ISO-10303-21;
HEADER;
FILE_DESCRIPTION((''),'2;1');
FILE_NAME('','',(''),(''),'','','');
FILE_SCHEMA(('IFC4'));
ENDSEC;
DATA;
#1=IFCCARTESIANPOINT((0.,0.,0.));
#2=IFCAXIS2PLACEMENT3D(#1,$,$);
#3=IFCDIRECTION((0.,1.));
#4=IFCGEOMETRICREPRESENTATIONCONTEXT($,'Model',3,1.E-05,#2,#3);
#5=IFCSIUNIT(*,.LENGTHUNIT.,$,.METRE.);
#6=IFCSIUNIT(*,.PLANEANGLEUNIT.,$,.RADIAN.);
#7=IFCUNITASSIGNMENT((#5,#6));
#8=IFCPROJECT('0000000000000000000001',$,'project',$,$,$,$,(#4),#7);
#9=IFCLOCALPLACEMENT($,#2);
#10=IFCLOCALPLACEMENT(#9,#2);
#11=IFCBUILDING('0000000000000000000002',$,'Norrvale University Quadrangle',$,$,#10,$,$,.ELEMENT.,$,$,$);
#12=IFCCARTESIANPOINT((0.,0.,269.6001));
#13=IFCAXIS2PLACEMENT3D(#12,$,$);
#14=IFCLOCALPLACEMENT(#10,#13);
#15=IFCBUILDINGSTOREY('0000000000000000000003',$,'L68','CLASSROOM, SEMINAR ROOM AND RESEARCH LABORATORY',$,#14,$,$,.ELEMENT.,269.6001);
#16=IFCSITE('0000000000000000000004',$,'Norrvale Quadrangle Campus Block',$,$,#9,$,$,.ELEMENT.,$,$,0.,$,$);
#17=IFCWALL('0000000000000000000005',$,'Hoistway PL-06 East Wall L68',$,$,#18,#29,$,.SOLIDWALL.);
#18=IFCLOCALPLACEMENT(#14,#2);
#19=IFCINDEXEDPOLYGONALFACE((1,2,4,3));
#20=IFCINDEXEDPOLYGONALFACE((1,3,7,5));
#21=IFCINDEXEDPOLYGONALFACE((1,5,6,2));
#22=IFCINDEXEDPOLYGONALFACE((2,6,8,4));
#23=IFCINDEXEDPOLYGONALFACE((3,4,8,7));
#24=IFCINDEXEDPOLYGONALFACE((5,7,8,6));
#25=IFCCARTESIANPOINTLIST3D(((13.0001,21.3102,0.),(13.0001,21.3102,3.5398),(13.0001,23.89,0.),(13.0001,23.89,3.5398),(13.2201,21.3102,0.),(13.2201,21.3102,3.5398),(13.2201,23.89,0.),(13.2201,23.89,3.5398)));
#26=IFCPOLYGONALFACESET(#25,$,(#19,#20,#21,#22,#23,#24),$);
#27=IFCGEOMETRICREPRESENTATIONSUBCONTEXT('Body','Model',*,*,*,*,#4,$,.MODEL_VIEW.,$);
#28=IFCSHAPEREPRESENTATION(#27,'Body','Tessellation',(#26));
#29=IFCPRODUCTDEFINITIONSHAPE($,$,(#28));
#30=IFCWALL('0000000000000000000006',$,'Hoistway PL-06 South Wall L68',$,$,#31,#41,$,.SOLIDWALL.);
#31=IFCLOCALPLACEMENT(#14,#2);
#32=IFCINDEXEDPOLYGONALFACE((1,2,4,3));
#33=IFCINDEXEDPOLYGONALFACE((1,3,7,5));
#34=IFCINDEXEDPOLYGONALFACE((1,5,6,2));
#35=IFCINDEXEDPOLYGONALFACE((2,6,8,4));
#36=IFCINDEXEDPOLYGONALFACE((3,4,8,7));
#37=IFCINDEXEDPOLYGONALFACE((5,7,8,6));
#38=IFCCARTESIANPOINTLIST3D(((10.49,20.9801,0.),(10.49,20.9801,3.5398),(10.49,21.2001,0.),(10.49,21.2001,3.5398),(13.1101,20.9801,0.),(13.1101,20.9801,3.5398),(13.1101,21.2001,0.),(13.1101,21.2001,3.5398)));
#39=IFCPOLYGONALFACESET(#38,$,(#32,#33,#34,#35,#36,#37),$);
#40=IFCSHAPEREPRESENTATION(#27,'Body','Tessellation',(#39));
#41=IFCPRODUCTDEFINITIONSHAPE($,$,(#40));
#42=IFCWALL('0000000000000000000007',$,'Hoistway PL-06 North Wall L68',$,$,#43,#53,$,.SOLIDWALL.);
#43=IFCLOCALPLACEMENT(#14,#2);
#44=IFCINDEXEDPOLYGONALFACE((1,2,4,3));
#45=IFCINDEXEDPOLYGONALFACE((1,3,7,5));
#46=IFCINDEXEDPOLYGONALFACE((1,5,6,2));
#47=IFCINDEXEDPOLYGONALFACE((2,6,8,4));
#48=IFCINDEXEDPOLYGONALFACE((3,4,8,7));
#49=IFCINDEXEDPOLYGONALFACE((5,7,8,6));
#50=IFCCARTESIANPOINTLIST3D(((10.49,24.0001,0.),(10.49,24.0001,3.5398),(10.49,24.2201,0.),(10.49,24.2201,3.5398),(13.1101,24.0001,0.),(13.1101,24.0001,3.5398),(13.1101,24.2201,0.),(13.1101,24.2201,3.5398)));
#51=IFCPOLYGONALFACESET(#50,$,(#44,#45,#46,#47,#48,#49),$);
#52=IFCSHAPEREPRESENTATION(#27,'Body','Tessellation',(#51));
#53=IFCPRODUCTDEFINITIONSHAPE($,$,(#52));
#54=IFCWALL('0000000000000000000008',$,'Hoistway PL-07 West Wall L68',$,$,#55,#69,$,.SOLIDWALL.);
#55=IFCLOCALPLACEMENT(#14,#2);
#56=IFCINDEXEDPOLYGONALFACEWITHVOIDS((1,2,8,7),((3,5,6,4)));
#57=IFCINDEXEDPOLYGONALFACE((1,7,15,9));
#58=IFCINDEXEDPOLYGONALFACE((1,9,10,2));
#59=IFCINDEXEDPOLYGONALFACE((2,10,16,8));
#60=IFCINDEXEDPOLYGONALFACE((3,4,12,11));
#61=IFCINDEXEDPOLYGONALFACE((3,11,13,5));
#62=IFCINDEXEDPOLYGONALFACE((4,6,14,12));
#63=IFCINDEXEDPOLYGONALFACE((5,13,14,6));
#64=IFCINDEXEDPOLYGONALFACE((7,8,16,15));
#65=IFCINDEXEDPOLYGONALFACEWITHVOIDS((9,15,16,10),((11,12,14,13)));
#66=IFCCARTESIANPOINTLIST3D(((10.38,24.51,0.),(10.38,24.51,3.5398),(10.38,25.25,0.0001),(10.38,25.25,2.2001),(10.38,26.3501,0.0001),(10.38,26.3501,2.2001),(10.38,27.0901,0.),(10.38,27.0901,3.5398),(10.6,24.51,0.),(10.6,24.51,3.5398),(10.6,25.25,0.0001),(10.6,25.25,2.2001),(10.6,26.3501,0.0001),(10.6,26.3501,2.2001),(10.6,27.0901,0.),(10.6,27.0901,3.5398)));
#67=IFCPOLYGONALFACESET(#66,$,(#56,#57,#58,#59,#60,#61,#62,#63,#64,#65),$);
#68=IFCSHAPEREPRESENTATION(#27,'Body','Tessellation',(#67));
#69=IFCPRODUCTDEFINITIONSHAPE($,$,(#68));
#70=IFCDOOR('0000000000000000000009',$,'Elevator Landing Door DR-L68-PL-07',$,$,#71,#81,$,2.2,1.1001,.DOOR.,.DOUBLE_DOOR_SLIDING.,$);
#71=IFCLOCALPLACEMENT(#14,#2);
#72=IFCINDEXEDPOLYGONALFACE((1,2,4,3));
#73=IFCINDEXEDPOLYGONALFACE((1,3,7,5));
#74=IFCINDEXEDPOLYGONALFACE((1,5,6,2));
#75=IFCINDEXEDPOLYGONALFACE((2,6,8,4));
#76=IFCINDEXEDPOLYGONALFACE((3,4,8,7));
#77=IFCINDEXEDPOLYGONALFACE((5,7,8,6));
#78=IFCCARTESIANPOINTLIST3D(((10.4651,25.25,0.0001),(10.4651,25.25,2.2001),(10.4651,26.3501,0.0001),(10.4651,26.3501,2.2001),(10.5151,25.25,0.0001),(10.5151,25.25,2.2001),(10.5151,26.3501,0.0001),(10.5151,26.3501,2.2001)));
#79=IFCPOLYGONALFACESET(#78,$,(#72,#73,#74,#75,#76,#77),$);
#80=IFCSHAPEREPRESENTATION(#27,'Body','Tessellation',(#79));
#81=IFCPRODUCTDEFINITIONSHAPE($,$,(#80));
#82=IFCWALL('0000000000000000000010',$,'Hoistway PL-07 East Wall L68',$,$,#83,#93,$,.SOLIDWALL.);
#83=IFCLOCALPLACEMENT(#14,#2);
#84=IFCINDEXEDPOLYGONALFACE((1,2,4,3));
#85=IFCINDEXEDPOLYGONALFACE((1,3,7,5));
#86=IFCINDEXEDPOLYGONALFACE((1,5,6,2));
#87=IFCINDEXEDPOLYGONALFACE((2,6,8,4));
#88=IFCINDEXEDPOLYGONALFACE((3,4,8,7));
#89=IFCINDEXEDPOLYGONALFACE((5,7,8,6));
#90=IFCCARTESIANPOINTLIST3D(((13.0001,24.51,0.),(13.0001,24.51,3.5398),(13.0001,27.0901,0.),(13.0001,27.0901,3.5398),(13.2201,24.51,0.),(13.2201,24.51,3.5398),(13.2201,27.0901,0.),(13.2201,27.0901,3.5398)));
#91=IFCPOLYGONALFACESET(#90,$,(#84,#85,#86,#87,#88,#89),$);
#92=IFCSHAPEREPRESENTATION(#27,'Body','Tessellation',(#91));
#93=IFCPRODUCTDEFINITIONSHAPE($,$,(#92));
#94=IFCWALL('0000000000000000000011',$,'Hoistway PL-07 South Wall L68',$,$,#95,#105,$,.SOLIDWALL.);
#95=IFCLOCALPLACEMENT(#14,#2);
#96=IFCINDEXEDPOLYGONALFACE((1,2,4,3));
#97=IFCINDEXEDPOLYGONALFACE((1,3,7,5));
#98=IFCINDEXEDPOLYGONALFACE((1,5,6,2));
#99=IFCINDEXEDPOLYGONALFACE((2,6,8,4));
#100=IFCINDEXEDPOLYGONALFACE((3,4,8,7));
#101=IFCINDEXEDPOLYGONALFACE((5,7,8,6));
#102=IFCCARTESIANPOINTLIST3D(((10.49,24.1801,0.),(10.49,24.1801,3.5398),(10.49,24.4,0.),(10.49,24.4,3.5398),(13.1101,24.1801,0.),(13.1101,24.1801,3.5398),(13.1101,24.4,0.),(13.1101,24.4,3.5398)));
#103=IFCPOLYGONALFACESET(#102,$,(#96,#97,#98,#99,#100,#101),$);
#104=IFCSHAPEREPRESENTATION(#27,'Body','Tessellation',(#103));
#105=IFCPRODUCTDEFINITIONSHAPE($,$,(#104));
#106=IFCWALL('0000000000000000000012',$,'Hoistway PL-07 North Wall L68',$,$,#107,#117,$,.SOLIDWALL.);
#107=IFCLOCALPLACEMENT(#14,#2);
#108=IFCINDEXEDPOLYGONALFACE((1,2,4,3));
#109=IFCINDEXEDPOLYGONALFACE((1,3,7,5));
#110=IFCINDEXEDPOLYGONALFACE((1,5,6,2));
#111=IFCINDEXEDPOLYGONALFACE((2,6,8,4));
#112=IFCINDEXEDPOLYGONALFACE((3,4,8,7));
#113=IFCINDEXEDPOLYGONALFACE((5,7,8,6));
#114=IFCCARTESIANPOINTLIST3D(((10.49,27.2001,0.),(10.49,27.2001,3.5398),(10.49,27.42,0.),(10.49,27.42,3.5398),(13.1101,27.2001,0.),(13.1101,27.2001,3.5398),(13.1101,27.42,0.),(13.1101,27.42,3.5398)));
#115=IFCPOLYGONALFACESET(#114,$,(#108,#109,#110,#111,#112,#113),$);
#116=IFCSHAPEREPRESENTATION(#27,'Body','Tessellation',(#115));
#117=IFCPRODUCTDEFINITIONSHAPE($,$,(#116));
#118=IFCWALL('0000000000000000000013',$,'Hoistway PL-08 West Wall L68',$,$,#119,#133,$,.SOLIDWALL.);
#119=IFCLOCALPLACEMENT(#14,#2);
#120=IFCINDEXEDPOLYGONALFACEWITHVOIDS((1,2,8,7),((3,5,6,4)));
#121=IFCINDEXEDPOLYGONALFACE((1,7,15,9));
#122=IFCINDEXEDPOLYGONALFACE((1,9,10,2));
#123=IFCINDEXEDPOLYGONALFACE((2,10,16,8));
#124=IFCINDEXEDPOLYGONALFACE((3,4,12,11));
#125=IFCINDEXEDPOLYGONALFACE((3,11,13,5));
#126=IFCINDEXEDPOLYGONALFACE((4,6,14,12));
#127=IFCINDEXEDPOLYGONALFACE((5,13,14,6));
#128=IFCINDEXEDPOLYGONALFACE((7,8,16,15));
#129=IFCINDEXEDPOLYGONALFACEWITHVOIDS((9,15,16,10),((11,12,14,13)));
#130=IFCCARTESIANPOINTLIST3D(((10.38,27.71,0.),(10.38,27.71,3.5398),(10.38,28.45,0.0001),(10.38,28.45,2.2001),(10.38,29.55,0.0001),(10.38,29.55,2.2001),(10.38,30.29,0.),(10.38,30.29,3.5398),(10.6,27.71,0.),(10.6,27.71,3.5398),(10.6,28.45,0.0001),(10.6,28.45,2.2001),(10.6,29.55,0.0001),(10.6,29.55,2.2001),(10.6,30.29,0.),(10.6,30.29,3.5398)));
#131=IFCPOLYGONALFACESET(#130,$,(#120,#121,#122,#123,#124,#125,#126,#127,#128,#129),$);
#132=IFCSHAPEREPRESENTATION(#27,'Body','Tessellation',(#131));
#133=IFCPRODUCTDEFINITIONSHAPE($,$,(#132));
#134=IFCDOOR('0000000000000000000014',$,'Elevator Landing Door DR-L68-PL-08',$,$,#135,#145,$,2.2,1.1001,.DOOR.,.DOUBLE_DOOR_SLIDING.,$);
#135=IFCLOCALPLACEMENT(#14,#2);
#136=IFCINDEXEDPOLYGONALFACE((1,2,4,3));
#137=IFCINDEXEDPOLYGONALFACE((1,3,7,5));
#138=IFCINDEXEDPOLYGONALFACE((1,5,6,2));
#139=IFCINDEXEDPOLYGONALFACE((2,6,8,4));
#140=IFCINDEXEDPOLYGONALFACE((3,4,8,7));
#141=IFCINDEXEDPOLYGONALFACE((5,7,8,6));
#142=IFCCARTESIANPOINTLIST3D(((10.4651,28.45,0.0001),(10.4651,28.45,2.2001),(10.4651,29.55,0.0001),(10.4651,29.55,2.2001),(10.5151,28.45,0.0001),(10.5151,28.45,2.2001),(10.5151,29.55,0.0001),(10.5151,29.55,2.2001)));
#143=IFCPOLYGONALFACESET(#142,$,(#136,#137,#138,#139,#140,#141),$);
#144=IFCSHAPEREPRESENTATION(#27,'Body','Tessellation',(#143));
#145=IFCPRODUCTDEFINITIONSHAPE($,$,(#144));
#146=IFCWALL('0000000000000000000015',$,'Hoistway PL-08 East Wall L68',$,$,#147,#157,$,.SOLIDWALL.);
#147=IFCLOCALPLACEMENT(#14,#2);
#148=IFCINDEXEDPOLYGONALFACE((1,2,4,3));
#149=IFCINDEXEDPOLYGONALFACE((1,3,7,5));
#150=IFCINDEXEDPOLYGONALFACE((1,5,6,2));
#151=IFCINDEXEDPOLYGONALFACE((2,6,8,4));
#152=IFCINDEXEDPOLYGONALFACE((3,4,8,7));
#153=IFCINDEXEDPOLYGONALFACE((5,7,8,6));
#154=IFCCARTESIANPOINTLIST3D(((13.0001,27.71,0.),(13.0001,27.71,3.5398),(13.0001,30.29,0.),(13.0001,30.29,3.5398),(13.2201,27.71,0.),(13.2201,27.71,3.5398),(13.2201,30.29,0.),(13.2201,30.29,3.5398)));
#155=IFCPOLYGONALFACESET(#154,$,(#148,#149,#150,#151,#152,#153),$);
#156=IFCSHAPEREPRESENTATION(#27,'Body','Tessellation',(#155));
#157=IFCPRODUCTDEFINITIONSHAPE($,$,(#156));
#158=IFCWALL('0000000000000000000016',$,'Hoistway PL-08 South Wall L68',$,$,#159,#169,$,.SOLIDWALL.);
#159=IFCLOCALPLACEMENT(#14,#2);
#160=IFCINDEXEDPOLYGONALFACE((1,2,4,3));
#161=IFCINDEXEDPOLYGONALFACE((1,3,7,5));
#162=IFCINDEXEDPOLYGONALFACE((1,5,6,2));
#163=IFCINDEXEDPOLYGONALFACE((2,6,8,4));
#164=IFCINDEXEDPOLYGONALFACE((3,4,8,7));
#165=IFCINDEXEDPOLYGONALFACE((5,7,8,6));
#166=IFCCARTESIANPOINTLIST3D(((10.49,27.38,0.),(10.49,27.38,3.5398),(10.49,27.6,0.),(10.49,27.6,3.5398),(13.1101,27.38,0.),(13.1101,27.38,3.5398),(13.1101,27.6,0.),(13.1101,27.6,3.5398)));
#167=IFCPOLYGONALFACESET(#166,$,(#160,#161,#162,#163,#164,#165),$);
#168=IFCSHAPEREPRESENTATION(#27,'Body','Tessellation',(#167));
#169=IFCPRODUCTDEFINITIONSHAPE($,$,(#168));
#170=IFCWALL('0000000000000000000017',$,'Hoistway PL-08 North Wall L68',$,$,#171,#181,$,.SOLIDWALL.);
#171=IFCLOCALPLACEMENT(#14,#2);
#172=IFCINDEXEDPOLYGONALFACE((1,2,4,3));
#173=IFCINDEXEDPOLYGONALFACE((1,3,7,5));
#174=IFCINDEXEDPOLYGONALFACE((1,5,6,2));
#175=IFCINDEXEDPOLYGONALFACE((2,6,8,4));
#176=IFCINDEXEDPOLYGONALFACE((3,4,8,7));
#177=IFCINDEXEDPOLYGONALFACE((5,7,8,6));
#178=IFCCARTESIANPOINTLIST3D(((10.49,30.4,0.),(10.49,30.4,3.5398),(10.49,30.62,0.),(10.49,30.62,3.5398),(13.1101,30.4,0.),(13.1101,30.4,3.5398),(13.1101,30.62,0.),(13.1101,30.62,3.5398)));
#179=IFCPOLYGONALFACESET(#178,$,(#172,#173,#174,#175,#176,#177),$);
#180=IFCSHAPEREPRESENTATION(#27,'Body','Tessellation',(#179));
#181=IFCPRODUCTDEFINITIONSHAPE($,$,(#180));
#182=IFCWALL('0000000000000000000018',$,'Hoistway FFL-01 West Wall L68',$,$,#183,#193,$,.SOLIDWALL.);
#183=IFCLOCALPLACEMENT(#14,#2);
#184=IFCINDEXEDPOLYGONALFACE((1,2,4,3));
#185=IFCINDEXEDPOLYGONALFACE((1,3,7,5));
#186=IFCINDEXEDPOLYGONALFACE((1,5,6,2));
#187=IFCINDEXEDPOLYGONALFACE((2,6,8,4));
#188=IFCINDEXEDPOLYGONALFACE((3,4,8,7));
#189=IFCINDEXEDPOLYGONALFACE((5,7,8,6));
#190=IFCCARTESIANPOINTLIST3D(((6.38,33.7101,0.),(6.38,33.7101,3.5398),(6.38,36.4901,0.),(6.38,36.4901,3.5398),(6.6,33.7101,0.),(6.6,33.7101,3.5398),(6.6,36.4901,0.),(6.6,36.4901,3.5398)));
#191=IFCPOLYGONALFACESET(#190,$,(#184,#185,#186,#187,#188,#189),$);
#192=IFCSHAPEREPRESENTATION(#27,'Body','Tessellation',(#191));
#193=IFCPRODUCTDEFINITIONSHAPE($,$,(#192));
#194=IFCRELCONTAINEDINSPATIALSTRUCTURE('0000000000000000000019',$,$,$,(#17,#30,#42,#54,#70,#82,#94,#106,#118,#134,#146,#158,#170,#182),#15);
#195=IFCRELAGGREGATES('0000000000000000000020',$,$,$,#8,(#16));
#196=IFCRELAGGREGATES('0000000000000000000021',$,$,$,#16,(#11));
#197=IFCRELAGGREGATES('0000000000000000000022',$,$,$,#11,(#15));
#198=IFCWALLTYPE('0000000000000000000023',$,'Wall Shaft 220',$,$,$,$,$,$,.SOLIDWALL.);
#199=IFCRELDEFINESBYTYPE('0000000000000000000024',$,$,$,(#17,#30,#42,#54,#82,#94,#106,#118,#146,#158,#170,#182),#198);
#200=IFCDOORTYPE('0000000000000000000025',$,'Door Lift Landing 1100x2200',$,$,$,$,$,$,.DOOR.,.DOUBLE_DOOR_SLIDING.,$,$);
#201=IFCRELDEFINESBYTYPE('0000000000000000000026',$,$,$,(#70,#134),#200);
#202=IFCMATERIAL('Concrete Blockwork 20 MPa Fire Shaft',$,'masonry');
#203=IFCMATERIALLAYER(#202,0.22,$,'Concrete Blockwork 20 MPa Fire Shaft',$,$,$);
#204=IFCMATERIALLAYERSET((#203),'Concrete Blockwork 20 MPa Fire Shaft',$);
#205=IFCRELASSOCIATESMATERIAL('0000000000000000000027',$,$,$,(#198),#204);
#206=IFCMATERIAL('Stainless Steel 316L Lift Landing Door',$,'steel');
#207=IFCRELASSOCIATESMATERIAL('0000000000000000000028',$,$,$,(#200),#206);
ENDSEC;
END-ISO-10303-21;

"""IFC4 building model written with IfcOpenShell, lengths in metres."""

from ifc_helpers import new_model, si_unit, direction, frame, frame_2d, origin, place, context, subcontext, project, spatial, rectangle, extrude, material, layer, layer_set, type_object, element, fill, save


model = new_model("IFC4")

# Units and contexts
model_context = context("Model", 3, precision=1e-05, world=origin(), true_north=direction((0.0, 1.0)))
body_context = subcontext(model_context, "Body", "Model", "MODEL_VIEW")
ifc_project = project(units=[si_unit("LENGTHUNIT", "METRE"), si_unit("PLANEANGLEUNIT", "RADIAN")], contexts=[model_context])

# Site, building, storey
site_placement = place(None, origin())
site = spatial("IfcSite", under=ifc_project, at=site_placement, Name="Norrvale Quadrangle Campus Block", CompositionType="ELEMENT", RefElevation=0.0)
building_placement = place(site_placement, origin())
building = spatial("IfcBuilding", under=site, at=building_placement, Name="Norrvale University Quadrangle", CompositionType="ELEMENT")
storey_placement = place(building_placement, frame((0.0, 0.0, 269.6001)))
storey = spatial("IfcBuildingStorey", under=building, at=storey_placement, Name="L68", Description="CLASSROOM, SEMINAR ROOM AND RESEARCH LABORATORY", CompositionType="ELEMENT", Elevation=269.6001)

# Shared definitions
ifc_material_1 = material(Name="Concrete Blockwork 20 MPa Fire Shaft", Category="masonry")
ifc_layer_1 = layer(ifc_material_1, 0.22, Name="Concrete Blockwork 20 MPa Fire Shaft")
ifc_layer_set_1 = layer_set([ifc_layer_1], Name="Concrete Blockwork 20 MPa Fire Shaft")
wall_type_1 = type_object("IfcWallType", Name="Wall Shaft 220", PredefinedType="SOLIDWALL", material=ifc_layer_set_1)

# Shared definitions
ifc_material_2 = material(Name="Stainless Steel 316L Lift Landing Door", Category="steel")
door_type_1 = type_object("IfcDoorType", Name="Door Lift Landing 1100x2200", OperationType="DOUBLE_DOOR_SLIDING", PredefinedType="DOOR", material=ifc_material_2)

# Walls
wall_1_placement = place(storey_placement, frame((13.1101, 21.3101, 0.0), z_axis=(0.0, 0.0, 1.0), x_axis=(0.0, 1.0, 0.0)))
element("IfcWall", 1, at=wall_1_placement, inside=storey, type_object=wall_type_1, Name="Hoistway PL-06 East Wall L68", PredefinedType="SOLIDWALL", context=body_context, shape_type="SweptSolid", body=[
    extrude(rectangle(XDim=2.5798, YDim=0.22, at=frame_2d((1.29, 0.0))), origin(), (0.0, 0.0, 1.0), 3.5398),
])
for number, where, z_axis, x_axis, name in (
    (2, (10.49, 21.0901, 0.0), (0.0, 0.0, 1.0), (1.0, 0.0, 0.0), "Hoistway PL-06 South Wall L68"),
    (3, (10.49, 24.1101, 0.0), (0.0, 0.0, 1.0), (1.0, 0.0, 0.0), "Hoistway PL-06 North Wall L68"),
):
    element("IfcWall", number, at=place(storey_placement, frame(where, z_axis=z_axis, x_axis=x_axis)), inside=storey, type_object=wall_type_1, Name=name, PredefinedType="SOLIDWALL", context=body_context, shape_type="SweptSolid", body=[
        extrude(rectangle(XDim=2.6201, YDim=0.22, at=frame_2d((1.3101, 0.0))), origin(), (0.0, 0.0, 1.0), 3.5398),
    ])

# Wall, opening, door
wall_2_placement = place(storey_placement, frame((10.49, 24.51, 0.0), z_axis=(0.0, 0.0, 1.0), x_axis=(0.0, 1.0, 0.0)))
wall_2 = element("IfcWall", 4, at=wall_2_placement, inside=storey, type_object=wall_type_1, Name="Hoistway PL-07 West Wall L68", PredefinedType="SOLIDWALL", context=body_context, shape_type="SweptSolid", body=[
    extrude(rectangle(XDim=2.5801, YDim=0.22, at=frame_2d((1.29, 0.0))), origin(), (0.0, 0.0, 1.0), 3.5398),
])
opening_1_placement = place(wall_2_placement, frame((0.74, 0.0, 0.0)))
opening_1 = element("IfcOpeningElement", 5, at=opening_1_placement, cuts=wall_2, PredefinedType="OPENING", context=body_context, shape_type="SweptSolid", body=[
    extrude(rectangle(XDim=1.1001, YDim=2.2, at=frame_2d((0.55, 1.1001))), frame((0.0, 0.1221, 0.0), z_axis=(0.0, -1.0, 0.0), x_axis=(1.0, 0.0, 0.0)), (0.0, 0.0, 1.0), 0.2439),
])
door_1_placement = place(opening_1_placement, origin())
door_1 = element("IfcDoor", 6, at=door_1_placement, inside=storey, type_object=door_type_1, Name="Elevator Landing Door DR-L68-PL-07", OperationType="DOUBLE_DOOR_SLIDING", OverallHeight=2.2, OverallWidth=1.1001, PredefinedType="DOOR", context=body_context, shape_type="SweptSolid", body=[
    extrude(rectangle(XDim=1.1001, YDim=2.2, at=frame_2d((0.55, 1.1001))), frame((0.0, 0.0249, 0.0), z_axis=(0.0, -1.0, 0.0), x_axis=(1.0, 0.0, 0.0)), (0.0, 0.0, 1.0), 0.05),
])
fill(opening_1, door_1)

# Walls
wall_3_placement = place(storey_placement, frame((13.1101, 24.51, 0.0), z_axis=(0.0, 0.0, 1.0), x_axis=(0.0, 1.0, 0.0)))
element("IfcWall", 7, at=wall_3_placement, inside=storey, type_object=wall_type_1, Name="Hoistway PL-07 East Wall L68", PredefinedType="SOLIDWALL", context=body_context, shape_type="SweptSolid", body=[
    extrude(rectangle(XDim=2.5801, YDim=0.22, at=frame_2d((1.29, 0.0))), origin(), (0.0, 0.0, 1.0), 3.5398),
])
for number, where, z_axis, x_axis, name in (
    (8, (10.49, 24.29, 0.0), (0.0, 0.0, 1.0), (1.0, 0.0, 0.0), "Hoistway PL-07 South Wall L68"),
    (9, (10.49, 27.3101, 0.0), (0.0, 0.0, 1.0), (1.0, 0.0, 0.0), "Hoistway PL-07 North Wall L68"),
):
    element("IfcWall", number, at=place(storey_placement, frame(where, z_axis=z_axis, x_axis=x_axis)), inside=storey, type_object=wall_type_1, Name=name, PredefinedType="SOLIDWALL", context=body_context, shape_type="SweptSolid", body=[
        extrude(rectangle(XDim=2.6201, YDim=0.22, at=frame_2d((1.3101, 0.0))), origin(), (0.0, 0.0, 1.0), 3.5398),
    ])

# Wall, opening, door
wall_4_placement = place(storey_placement, frame((10.49, 27.71, 0.0), z_axis=(0.0, 0.0, 1.0), x_axis=(0.0, 1.0, 0.0)))
wall_4 = element("IfcWall", 10, at=wall_4_placement, inside=storey, type_object=wall_type_1, Name="Hoistway PL-08 West Wall L68", PredefinedType="SOLIDWALL", context=body_context, shape_type="SweptSolid", body=[
    extrude(rectangle(XDim=2.5801, YDim=0.22, at=frame_2d((1.29, 0.0))), origin(), (0.0, 0.0, 1.0), 3.5398),
])
opening_2_placement = place(wall_4_placement, frame((0.74, 0.0, 0.0)))
opening_2 = element("IfcOpeningElement", 11, at=opening_2_placement, cuts=wall_4, PredefinedType="OPENING", context=body_context, shape_type="SweptSolid", body=[
    extrude(rectangle(XDim=1.1001, YDim=2.2, at=frame_2d((0.55, 1.1001))), frame((0.0, 0.1221, 0.0), z_axis=(0.0, -1.0, 0.0), x_axis=(1.0, 0.0, 0.0)), (0.0, 0.0, 1.0), 0.2439),
])
door_2_placement = place(opening_2_placement, origin())
door_2 = element("IfcDoor", 12, at=door_2_placement, inside=storey, type_object=door_type_1, Name="Elevator Landing Door DR-L68-PL-08", OperationType="DOUBLE_DOOR_SLIDING", OverallHeight=2.2, OverallWidth=1.1001, PredefinedType="DOOR", context=body_context, shape_type="SweptSolid", body=[
    extrude(rectangle(XDim=1.1001, YDim=2.2, at=frame_2d((0.55, 1.1001))), frame((0.0, 0.0249, 0.0), z_axis=(0.0, -1.0, 0.0), x_axis=(1.0, 0.0, 0.0)), (0.0, 0.0, 1.0), 0.05),
])
fill(opening_2, door_2)

# Walls
wall_5_placement = place(storey_placement, frame((13.1101, 27.71, 0.0), z_axis=(0.0, 0.0, 1.0), x_axis=(0.0, 1.0, 0.0)))
element("IfcWall", 13, at=wall_5_placement, inside=storey, type_object=wall_type_1, Name="Hoistway PL-08 East Wall L68", PredefinedType="SOLIDWALL", context=body_context, shape_type="SweptSolid", body=[
    extrude(rectangle(XDim=2.5801, YDim=0.22, at=frame_2d((1.29, 0.0))), origin(), (0.0, 0.0, 1.0), 3.5398),
])
for number, where, z_axis, x_axis, name in (
    (14, (10.49, 27.49, 0.0), (0.0, 0.0, 1.0), (1.0, 0.0, 0.0), "Hoistway PL-08 South Wall L68"),
    (15, (10.49, 30.51, 0.0), (0.0, 0.0, 1.0), (1.0, 0.0, 0.0), "Hoistway PL-08 North Wall L68"),
):
    element("IfcWall", number, at=place(storey_placement, frame(where, z_axis=z_axis, x_axis=x_axis)), inside=storey, type_object=wall_type_1, Name=name, PredefinedType="SOLIDWALL", context=body_context, shape_type="SweptSolid", body=[
        extrude(rectangle(XDim=2.6201, YDim=0.22, at=frame_2d((1.3101, 0.0))), origin(), (0.0, 0.0, 1.0), 3.5398),
    ])
for number, where, z_axis, x_axis, name in (
    (16, (6.49, 33.71, 0.0), (0.0, 0.0, 1.0), (0.0, 1.0, 0.0), "Hoistway FFL-01 West Wall L68"),
):
    element("IfcWall", number, at=place(storey_placement, frame(where, z_axis=z_axis, x_axis=x_axis)), inside=storey, type_object=wall_type_1, Name=name, PredefinedType="SOLIDWALL", context=body_context, shape_type="SweptSolid", body=[
        extrude(rectangle(XDim=2.78, YDim=0.22, at=frame_2d((1.3901, 0.0))), origin(), (0.0, 0.0, 1.0), 3.5398),
    ])

save(model, "model.ifc")
